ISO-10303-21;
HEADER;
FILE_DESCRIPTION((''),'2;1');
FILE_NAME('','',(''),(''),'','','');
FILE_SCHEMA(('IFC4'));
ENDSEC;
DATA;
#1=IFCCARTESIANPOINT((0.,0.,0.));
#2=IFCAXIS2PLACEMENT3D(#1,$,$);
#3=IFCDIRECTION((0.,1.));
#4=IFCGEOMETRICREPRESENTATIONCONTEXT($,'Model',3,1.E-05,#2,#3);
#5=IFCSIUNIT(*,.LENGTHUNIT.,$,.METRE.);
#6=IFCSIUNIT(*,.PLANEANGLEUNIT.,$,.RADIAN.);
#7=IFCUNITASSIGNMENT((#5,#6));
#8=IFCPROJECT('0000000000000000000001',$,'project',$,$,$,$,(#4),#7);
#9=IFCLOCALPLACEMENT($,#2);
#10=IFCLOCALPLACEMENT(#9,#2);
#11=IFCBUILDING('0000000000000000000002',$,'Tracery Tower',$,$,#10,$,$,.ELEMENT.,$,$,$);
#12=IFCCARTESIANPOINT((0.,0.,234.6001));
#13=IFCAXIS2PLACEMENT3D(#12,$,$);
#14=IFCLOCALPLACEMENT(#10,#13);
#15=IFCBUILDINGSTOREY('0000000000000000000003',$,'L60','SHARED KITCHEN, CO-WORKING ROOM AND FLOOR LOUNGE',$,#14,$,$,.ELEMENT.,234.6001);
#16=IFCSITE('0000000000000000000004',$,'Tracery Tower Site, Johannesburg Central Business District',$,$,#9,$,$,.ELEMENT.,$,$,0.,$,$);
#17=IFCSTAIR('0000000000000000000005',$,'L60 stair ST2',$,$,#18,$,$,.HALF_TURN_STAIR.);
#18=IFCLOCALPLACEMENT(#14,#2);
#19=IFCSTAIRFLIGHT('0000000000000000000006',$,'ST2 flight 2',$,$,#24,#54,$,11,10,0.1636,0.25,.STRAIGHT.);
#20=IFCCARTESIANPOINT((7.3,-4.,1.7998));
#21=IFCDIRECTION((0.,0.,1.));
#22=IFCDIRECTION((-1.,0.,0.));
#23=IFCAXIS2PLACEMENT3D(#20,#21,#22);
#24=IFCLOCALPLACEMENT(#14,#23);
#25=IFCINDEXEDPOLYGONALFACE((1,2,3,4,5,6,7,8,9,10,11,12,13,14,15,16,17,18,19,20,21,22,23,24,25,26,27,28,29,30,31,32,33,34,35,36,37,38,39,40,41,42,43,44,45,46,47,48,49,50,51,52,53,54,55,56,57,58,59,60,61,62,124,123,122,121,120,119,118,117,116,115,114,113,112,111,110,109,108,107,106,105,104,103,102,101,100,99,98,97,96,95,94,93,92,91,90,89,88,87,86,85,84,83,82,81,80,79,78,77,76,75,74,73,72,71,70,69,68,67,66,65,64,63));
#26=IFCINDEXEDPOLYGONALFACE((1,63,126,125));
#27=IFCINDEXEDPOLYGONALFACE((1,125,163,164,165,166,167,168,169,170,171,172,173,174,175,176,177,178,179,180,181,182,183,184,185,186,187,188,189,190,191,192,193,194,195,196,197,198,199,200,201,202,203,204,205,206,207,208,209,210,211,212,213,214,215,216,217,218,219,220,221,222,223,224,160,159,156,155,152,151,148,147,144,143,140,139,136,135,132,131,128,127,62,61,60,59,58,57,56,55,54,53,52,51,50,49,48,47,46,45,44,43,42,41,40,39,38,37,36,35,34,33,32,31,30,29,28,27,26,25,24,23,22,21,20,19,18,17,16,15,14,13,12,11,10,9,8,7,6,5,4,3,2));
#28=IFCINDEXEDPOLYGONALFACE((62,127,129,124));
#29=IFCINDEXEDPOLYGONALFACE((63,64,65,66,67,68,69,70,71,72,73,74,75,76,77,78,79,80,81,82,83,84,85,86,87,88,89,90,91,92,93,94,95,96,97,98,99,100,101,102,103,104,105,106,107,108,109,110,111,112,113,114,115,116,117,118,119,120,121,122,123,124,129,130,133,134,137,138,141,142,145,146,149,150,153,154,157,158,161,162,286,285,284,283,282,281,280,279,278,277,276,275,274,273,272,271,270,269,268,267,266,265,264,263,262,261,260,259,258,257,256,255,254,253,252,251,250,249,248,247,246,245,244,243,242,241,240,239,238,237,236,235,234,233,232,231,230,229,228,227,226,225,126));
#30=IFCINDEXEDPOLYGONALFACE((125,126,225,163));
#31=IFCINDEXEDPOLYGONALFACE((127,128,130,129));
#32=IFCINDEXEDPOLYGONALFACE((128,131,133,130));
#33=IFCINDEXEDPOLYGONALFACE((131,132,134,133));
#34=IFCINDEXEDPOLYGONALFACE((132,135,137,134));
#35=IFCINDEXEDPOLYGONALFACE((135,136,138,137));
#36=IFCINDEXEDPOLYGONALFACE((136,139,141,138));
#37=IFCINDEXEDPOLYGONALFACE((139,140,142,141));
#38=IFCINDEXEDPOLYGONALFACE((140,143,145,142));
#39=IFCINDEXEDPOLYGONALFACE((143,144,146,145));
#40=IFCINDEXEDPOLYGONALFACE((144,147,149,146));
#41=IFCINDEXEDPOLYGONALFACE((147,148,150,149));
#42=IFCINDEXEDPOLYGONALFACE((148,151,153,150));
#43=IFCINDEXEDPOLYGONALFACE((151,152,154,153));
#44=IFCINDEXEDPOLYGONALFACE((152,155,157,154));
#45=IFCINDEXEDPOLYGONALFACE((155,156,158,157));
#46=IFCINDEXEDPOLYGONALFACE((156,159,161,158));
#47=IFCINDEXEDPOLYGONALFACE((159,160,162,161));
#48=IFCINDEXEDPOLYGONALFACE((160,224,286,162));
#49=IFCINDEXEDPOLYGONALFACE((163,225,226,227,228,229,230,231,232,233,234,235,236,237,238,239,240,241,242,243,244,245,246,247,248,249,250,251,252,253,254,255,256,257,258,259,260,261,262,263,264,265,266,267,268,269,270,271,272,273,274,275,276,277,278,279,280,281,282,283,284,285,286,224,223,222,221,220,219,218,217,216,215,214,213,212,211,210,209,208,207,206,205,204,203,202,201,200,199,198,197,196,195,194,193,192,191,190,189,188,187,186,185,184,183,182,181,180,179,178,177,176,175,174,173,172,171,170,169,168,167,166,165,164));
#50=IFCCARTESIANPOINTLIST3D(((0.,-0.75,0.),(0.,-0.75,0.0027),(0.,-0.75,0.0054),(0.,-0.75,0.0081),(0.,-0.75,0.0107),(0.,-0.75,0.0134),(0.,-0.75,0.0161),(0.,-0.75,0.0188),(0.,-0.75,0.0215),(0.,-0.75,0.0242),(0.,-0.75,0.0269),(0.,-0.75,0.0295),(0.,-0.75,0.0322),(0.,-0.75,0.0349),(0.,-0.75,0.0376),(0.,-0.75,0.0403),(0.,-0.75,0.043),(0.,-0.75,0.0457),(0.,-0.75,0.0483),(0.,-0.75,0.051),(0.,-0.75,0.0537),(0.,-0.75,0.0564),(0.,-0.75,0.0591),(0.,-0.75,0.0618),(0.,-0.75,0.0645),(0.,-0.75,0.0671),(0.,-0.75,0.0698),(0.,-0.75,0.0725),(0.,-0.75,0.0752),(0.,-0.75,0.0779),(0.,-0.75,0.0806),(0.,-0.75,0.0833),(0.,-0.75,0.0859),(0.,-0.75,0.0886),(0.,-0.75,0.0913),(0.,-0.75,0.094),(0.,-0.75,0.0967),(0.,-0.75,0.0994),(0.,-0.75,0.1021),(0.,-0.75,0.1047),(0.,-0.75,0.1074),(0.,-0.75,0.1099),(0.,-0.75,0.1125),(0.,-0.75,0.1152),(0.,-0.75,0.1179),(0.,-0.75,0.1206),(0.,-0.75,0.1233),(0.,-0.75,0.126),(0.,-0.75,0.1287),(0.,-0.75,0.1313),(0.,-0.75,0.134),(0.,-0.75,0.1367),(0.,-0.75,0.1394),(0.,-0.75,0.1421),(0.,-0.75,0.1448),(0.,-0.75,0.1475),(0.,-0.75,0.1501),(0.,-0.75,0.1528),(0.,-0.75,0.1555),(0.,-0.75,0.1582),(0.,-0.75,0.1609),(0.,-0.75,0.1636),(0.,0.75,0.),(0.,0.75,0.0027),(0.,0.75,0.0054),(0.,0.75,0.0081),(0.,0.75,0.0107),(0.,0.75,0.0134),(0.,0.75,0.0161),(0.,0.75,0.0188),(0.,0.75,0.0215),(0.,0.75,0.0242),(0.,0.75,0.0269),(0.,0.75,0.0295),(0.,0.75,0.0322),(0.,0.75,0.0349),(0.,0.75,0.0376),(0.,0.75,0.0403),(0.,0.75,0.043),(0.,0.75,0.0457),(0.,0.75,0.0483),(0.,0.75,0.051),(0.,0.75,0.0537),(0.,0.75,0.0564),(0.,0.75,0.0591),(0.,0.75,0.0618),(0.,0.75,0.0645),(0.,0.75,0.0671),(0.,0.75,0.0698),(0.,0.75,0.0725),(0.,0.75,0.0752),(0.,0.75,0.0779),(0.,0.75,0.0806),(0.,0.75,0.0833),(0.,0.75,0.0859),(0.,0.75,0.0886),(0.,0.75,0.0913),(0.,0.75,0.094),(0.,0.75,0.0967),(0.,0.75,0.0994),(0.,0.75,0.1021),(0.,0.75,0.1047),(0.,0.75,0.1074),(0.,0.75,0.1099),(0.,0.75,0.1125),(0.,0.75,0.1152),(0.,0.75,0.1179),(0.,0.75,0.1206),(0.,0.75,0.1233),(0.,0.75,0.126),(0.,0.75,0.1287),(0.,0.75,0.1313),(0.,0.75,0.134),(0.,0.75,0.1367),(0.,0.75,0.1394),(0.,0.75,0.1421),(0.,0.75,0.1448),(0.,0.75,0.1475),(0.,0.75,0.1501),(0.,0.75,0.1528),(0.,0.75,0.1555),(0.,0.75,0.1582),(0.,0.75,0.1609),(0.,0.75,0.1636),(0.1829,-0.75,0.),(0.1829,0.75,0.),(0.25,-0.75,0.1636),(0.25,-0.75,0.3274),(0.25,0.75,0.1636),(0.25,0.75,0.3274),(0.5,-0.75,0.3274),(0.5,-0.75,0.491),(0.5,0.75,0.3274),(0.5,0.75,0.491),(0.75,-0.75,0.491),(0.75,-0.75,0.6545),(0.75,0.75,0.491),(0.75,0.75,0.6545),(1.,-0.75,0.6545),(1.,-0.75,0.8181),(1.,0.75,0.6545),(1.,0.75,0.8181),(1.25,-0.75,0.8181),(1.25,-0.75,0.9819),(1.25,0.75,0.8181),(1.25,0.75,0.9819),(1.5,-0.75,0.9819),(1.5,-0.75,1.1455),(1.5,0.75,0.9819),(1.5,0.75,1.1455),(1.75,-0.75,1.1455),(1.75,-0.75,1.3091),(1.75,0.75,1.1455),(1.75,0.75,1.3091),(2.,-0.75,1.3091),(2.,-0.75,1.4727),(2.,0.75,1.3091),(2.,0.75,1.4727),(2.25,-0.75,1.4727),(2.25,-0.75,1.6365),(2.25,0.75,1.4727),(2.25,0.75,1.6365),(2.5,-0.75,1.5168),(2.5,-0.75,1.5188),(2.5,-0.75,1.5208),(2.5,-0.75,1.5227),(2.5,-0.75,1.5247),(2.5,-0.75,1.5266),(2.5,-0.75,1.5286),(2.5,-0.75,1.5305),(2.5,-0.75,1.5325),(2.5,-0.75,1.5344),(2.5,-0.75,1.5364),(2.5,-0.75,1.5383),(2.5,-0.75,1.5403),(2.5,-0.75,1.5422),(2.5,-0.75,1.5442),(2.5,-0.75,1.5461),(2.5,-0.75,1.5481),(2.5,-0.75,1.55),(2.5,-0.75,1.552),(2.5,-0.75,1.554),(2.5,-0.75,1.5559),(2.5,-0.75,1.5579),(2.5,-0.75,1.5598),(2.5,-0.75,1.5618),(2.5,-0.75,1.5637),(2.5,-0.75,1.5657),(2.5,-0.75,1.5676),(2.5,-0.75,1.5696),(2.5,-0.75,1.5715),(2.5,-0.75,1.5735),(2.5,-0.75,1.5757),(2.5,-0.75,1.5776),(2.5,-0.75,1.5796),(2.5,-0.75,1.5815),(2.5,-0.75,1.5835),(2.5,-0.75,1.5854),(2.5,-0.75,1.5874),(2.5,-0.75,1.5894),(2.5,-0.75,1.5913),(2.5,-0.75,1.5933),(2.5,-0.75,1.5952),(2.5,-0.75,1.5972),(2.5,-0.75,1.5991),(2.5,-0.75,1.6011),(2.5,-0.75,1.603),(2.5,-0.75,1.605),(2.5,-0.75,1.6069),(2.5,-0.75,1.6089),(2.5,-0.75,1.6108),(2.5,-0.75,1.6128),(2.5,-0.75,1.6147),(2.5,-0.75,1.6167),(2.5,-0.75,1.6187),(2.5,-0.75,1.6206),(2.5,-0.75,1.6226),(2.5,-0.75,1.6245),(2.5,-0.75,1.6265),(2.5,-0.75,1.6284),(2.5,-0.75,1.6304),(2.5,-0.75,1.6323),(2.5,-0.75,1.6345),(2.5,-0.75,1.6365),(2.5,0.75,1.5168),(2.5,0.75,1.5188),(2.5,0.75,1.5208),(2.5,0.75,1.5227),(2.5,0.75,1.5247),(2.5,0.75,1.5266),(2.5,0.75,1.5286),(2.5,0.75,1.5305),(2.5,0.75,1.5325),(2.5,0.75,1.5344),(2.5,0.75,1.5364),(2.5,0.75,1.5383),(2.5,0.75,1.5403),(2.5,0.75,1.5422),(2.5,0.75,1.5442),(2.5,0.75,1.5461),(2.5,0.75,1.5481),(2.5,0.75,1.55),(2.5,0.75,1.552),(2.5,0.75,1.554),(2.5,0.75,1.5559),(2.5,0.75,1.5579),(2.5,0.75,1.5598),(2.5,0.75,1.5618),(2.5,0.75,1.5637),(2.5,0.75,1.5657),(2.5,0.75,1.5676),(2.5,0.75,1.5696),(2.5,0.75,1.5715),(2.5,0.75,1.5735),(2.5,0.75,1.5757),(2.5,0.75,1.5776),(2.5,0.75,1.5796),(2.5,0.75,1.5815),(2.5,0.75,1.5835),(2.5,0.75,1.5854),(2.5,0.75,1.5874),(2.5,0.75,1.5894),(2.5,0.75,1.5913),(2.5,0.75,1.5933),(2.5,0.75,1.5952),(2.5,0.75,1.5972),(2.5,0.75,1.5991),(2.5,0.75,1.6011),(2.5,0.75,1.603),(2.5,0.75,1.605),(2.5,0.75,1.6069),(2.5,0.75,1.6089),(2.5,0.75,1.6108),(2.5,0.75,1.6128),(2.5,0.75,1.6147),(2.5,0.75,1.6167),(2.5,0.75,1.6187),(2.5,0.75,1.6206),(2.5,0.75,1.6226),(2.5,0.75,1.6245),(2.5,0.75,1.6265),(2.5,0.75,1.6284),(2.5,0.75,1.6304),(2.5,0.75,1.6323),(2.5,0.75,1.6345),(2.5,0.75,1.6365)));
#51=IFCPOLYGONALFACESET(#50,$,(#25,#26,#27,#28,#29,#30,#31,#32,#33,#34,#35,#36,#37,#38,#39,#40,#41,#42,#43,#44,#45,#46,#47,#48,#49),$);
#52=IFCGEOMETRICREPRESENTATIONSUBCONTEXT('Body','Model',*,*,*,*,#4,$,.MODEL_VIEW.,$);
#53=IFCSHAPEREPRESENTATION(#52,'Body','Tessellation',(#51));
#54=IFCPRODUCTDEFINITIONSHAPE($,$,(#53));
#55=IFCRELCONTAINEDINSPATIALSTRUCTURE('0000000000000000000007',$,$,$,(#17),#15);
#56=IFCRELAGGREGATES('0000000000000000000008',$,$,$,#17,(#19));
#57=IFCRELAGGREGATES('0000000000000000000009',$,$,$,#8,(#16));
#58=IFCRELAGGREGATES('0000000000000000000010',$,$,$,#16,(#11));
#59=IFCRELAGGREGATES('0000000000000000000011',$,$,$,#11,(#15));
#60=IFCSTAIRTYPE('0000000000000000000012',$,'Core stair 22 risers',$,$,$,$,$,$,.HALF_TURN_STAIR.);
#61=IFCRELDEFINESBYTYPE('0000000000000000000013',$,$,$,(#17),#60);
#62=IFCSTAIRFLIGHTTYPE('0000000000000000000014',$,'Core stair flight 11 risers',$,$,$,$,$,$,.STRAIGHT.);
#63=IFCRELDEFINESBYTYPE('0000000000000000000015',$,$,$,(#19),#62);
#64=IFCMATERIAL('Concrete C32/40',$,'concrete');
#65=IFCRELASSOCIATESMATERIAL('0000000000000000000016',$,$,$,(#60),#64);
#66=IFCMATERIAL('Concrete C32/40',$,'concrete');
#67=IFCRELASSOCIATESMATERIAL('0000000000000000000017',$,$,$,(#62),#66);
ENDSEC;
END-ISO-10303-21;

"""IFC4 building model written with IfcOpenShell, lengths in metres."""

from ifc_helpers import new_model, si_unit, direction, frame, origin, place, context, subcontext, project, spatial, polyline, outline, extrude, material, type_object, element, aggregate, save


model = new_model("IFC4")

# Units and contexts
model_context = context("Model", 3, precision=1e-05, world=origin(), true_north=direction((0.0, 1.0)))
body_context = subcontext(model_context, "Body", "Model", "MODEL_VIEW")
ifc_project = project(units=[si_unit("LENGTHUNIT", "METRE"), si_unit("PLANEANGLEUNIT", "RADIAN")], contexts=[model_context])

# Site, building, storey
site_placement = place(None, origin())
site = spatial("IfcSite", under=ifc_project, at=site_placement, Name="Tracery Tower Site, Johannesburg Central Business District", CompositionType="ELEMENT", RefElevation=0.0)
building_placement = place(site_placement, origin())
building = spatial("IfcBuilding", under=site, at=building_placement, Name="Tracery Tower", CompositionType="ELEMENT")
storey_placement = place(building_placement, frame((0.0, 0.0, 234.6001)))
storey = spatial("IfcBuildingStorey", under=building, at=storey_placement, Name="L60", Description="SHARED KITCHEN, CO-WORKING ROOM AND FLOOR LOUNGE", CompositionType="ELEMENT", Elevation=234.6001)

# Stair, stair flight
ifc_material_1 = material(Name="Concrete C32/40", Category="concrete")
stair_type = type_object("IfcStairType", Name="Core stair 22 risers", PredefinedType="HALF_TURN_STAIR", material=ifc_material_1)
stair_placement = place(storey_placement, origin())
stair = element("IfcStair", 1, at=stair_placement, inside=storey, type_object=stair_type, Name="L60 stair ST2", PredefinedType="HALF_TURN_STAIR")
ifc_material_2 = material(Name="Concrete C32/40", Category="concrete")
stair_flight_type = type_object("IfcStairFlightType", Name="Core stair flight 11 risers", PredefinedType="STRAIGHT", material=ifc_material_2)
stair_flight_placement = place(storey_placement, frame((7.3, -4.0, 1.7998), z_axis=(0.0, 0.0, 1.0), x_axis=(-1.0, 0.0, 0.0)))
stair_flight = element("IfcStairFlight", 2, at=stair_flight_placement, type_object=stair_flight_type, Name="ST2 flight 2", NumberOfRisers=11, NumberOfTreads=10, PredefinedType="STRAIGHT", RiserHeight=0.1636, TreadLength=0.25, context=body_context, shape_type="SweptSolid", body=[
    extrude(outline(polyline([(0.0, 0.0), (0.0, 0.0027), (0.0, 0.0054), (0.0, 0.0081), (0.0, 0.0107), (0.0, 0.0134), (0.0, 0.0161), (0.0, 0.0188), (0.0, 0.0215), (0.0, 0.0242), (0.0, 0.0269), (0.0, 0.0295), (0.0, 0.0322), (0.0, 0.0349), (0.0, 0.0376), (0.0, 0.0403), (0.0, 0.043), (0.0, 0.0457), (0.0, 0.0483), (0.0, 0.051), (0.0, 0.0537), (0.0, 0.0564), (0.0, 0.0591), (0.0, 0.0618), (0.0, 0.0645), (0.0, 0.0671), (0.0, 0.0698), (0.0, 0.0725), (0.0, 0.0752), (0.0, 0.0779), (0.0, 0.0806), (0.0, 0.0833), (0.0, 0.0859), (0.0, 0.0886), (0.0, 0.0913), (0.0, 0.094), (0.0, 0.0967), (0.0, 0.0994), (0.0, 0.1021), (0.0, 0.1047), (0.0, 0.1074), (0.0, 0.1099), (0.0, 0.1125), (0.0, 0.1152), (0.0, 0.1179), (0.0, 0.1206), (0.0, 0.1233), (0.0, 0.126), (0.0, 0.1287), (0.0, 0.1313), (0.0, 0.134), (0.0, 0.1367), (0.0, 0.1394), (0.0, 0.1421), (0.0, 0.1448), (0.0, 0.1475), (0.0, 0.1501), (0.0, 0.1528), (0.0, 0.1555), (0.0, 0.1582), (0.0, 0.1609), (0.0, 0.1636), (0.25, 0.1636), (0.25, 0.3274), (0.5, 0.3274), (0.5, 0.491), (0.75, 0.491), (0.75, 0.6545), (1.0, 0.6545), (1.0, 0.8181), (1.25, 0.8181), (1.25, 0.9819), (1.5, 0.9819), (1.5, 1.1455), (1.75, 1.1455), (1.75, 1.3091), (2.0, 1.3091), (2.0, 1.4727), (2.25, 1.4727), (2.25, 1.6365), (2.5, 1.6365), (2.5, 1.6345), (2.5, 1.6323), (2.5, 1.6304), (2.5, 1.6284), (2.5, 1.6265), (2.5, 1.6245), (2.5, 1.6226), (2.5, 1.6206), (2.5, 1.6187), (2.5, 1.6167), (2.5, 1.6147), (2.5, 1.6128), (2.5, 1.6108), (2.5, 1.6089), (2.5, 1.6069), (2.5, 1.605), (2.5, 1.603), (2.5, 1.6011), (2.5, 1.5991), (2.5, 1.5972), (2.5, 1.5952), (2.5, 1.5933), (2.5, 1.5913), (2.5, 1.5894), (2.5, 1.5874), (2.5, 1.5854), (2.5, 1.5835), (2.5, 1.5815), (2.5, 1.5796), (2.5, 1.5776), (2.5, 1.5757), (2.5, 1.5735), (2.5, 1.5715), (2.5, 1.5696), (2.5, 1.5676), (2.5, 1.5657), (2.5, 1.5637), (2.5, 1.5618), (2.5, 1.5598), (2.5, 1.5579), (2.5, 1.5559), (2.5, 1.554), (2.5, 1.552), (2.5, 1.55), (2.5, 1.5481), (2.5, 1.5461), (2.5, 1.5442), (2.5, 1.5422), (2.5, 1.5403), (2.5, 1.5383), (2.5, 1.5364), (2.5, 1.5344), (2.5, 1.5325), (2.5, 1.5305), (2.5, 1.5286), (2.5, 1.5266), (2.5, 1.5247), (2.5, 1.5227), (2.5, 1.5208), (2.5, 1.5188), (2.5, 1.5168), (0.1829, 0.0), (0.0, 0.0)])), frame((0.0, 0.75, 0.0), z_axis=(0.0, -1.0, 0.0), x_axis=(1.0, 0.0, 0.0)), (0.0, 0.0, 1.0), 1.5),
])
aggregate(stair, [stair_flight])

save(model, "model.ifc")
